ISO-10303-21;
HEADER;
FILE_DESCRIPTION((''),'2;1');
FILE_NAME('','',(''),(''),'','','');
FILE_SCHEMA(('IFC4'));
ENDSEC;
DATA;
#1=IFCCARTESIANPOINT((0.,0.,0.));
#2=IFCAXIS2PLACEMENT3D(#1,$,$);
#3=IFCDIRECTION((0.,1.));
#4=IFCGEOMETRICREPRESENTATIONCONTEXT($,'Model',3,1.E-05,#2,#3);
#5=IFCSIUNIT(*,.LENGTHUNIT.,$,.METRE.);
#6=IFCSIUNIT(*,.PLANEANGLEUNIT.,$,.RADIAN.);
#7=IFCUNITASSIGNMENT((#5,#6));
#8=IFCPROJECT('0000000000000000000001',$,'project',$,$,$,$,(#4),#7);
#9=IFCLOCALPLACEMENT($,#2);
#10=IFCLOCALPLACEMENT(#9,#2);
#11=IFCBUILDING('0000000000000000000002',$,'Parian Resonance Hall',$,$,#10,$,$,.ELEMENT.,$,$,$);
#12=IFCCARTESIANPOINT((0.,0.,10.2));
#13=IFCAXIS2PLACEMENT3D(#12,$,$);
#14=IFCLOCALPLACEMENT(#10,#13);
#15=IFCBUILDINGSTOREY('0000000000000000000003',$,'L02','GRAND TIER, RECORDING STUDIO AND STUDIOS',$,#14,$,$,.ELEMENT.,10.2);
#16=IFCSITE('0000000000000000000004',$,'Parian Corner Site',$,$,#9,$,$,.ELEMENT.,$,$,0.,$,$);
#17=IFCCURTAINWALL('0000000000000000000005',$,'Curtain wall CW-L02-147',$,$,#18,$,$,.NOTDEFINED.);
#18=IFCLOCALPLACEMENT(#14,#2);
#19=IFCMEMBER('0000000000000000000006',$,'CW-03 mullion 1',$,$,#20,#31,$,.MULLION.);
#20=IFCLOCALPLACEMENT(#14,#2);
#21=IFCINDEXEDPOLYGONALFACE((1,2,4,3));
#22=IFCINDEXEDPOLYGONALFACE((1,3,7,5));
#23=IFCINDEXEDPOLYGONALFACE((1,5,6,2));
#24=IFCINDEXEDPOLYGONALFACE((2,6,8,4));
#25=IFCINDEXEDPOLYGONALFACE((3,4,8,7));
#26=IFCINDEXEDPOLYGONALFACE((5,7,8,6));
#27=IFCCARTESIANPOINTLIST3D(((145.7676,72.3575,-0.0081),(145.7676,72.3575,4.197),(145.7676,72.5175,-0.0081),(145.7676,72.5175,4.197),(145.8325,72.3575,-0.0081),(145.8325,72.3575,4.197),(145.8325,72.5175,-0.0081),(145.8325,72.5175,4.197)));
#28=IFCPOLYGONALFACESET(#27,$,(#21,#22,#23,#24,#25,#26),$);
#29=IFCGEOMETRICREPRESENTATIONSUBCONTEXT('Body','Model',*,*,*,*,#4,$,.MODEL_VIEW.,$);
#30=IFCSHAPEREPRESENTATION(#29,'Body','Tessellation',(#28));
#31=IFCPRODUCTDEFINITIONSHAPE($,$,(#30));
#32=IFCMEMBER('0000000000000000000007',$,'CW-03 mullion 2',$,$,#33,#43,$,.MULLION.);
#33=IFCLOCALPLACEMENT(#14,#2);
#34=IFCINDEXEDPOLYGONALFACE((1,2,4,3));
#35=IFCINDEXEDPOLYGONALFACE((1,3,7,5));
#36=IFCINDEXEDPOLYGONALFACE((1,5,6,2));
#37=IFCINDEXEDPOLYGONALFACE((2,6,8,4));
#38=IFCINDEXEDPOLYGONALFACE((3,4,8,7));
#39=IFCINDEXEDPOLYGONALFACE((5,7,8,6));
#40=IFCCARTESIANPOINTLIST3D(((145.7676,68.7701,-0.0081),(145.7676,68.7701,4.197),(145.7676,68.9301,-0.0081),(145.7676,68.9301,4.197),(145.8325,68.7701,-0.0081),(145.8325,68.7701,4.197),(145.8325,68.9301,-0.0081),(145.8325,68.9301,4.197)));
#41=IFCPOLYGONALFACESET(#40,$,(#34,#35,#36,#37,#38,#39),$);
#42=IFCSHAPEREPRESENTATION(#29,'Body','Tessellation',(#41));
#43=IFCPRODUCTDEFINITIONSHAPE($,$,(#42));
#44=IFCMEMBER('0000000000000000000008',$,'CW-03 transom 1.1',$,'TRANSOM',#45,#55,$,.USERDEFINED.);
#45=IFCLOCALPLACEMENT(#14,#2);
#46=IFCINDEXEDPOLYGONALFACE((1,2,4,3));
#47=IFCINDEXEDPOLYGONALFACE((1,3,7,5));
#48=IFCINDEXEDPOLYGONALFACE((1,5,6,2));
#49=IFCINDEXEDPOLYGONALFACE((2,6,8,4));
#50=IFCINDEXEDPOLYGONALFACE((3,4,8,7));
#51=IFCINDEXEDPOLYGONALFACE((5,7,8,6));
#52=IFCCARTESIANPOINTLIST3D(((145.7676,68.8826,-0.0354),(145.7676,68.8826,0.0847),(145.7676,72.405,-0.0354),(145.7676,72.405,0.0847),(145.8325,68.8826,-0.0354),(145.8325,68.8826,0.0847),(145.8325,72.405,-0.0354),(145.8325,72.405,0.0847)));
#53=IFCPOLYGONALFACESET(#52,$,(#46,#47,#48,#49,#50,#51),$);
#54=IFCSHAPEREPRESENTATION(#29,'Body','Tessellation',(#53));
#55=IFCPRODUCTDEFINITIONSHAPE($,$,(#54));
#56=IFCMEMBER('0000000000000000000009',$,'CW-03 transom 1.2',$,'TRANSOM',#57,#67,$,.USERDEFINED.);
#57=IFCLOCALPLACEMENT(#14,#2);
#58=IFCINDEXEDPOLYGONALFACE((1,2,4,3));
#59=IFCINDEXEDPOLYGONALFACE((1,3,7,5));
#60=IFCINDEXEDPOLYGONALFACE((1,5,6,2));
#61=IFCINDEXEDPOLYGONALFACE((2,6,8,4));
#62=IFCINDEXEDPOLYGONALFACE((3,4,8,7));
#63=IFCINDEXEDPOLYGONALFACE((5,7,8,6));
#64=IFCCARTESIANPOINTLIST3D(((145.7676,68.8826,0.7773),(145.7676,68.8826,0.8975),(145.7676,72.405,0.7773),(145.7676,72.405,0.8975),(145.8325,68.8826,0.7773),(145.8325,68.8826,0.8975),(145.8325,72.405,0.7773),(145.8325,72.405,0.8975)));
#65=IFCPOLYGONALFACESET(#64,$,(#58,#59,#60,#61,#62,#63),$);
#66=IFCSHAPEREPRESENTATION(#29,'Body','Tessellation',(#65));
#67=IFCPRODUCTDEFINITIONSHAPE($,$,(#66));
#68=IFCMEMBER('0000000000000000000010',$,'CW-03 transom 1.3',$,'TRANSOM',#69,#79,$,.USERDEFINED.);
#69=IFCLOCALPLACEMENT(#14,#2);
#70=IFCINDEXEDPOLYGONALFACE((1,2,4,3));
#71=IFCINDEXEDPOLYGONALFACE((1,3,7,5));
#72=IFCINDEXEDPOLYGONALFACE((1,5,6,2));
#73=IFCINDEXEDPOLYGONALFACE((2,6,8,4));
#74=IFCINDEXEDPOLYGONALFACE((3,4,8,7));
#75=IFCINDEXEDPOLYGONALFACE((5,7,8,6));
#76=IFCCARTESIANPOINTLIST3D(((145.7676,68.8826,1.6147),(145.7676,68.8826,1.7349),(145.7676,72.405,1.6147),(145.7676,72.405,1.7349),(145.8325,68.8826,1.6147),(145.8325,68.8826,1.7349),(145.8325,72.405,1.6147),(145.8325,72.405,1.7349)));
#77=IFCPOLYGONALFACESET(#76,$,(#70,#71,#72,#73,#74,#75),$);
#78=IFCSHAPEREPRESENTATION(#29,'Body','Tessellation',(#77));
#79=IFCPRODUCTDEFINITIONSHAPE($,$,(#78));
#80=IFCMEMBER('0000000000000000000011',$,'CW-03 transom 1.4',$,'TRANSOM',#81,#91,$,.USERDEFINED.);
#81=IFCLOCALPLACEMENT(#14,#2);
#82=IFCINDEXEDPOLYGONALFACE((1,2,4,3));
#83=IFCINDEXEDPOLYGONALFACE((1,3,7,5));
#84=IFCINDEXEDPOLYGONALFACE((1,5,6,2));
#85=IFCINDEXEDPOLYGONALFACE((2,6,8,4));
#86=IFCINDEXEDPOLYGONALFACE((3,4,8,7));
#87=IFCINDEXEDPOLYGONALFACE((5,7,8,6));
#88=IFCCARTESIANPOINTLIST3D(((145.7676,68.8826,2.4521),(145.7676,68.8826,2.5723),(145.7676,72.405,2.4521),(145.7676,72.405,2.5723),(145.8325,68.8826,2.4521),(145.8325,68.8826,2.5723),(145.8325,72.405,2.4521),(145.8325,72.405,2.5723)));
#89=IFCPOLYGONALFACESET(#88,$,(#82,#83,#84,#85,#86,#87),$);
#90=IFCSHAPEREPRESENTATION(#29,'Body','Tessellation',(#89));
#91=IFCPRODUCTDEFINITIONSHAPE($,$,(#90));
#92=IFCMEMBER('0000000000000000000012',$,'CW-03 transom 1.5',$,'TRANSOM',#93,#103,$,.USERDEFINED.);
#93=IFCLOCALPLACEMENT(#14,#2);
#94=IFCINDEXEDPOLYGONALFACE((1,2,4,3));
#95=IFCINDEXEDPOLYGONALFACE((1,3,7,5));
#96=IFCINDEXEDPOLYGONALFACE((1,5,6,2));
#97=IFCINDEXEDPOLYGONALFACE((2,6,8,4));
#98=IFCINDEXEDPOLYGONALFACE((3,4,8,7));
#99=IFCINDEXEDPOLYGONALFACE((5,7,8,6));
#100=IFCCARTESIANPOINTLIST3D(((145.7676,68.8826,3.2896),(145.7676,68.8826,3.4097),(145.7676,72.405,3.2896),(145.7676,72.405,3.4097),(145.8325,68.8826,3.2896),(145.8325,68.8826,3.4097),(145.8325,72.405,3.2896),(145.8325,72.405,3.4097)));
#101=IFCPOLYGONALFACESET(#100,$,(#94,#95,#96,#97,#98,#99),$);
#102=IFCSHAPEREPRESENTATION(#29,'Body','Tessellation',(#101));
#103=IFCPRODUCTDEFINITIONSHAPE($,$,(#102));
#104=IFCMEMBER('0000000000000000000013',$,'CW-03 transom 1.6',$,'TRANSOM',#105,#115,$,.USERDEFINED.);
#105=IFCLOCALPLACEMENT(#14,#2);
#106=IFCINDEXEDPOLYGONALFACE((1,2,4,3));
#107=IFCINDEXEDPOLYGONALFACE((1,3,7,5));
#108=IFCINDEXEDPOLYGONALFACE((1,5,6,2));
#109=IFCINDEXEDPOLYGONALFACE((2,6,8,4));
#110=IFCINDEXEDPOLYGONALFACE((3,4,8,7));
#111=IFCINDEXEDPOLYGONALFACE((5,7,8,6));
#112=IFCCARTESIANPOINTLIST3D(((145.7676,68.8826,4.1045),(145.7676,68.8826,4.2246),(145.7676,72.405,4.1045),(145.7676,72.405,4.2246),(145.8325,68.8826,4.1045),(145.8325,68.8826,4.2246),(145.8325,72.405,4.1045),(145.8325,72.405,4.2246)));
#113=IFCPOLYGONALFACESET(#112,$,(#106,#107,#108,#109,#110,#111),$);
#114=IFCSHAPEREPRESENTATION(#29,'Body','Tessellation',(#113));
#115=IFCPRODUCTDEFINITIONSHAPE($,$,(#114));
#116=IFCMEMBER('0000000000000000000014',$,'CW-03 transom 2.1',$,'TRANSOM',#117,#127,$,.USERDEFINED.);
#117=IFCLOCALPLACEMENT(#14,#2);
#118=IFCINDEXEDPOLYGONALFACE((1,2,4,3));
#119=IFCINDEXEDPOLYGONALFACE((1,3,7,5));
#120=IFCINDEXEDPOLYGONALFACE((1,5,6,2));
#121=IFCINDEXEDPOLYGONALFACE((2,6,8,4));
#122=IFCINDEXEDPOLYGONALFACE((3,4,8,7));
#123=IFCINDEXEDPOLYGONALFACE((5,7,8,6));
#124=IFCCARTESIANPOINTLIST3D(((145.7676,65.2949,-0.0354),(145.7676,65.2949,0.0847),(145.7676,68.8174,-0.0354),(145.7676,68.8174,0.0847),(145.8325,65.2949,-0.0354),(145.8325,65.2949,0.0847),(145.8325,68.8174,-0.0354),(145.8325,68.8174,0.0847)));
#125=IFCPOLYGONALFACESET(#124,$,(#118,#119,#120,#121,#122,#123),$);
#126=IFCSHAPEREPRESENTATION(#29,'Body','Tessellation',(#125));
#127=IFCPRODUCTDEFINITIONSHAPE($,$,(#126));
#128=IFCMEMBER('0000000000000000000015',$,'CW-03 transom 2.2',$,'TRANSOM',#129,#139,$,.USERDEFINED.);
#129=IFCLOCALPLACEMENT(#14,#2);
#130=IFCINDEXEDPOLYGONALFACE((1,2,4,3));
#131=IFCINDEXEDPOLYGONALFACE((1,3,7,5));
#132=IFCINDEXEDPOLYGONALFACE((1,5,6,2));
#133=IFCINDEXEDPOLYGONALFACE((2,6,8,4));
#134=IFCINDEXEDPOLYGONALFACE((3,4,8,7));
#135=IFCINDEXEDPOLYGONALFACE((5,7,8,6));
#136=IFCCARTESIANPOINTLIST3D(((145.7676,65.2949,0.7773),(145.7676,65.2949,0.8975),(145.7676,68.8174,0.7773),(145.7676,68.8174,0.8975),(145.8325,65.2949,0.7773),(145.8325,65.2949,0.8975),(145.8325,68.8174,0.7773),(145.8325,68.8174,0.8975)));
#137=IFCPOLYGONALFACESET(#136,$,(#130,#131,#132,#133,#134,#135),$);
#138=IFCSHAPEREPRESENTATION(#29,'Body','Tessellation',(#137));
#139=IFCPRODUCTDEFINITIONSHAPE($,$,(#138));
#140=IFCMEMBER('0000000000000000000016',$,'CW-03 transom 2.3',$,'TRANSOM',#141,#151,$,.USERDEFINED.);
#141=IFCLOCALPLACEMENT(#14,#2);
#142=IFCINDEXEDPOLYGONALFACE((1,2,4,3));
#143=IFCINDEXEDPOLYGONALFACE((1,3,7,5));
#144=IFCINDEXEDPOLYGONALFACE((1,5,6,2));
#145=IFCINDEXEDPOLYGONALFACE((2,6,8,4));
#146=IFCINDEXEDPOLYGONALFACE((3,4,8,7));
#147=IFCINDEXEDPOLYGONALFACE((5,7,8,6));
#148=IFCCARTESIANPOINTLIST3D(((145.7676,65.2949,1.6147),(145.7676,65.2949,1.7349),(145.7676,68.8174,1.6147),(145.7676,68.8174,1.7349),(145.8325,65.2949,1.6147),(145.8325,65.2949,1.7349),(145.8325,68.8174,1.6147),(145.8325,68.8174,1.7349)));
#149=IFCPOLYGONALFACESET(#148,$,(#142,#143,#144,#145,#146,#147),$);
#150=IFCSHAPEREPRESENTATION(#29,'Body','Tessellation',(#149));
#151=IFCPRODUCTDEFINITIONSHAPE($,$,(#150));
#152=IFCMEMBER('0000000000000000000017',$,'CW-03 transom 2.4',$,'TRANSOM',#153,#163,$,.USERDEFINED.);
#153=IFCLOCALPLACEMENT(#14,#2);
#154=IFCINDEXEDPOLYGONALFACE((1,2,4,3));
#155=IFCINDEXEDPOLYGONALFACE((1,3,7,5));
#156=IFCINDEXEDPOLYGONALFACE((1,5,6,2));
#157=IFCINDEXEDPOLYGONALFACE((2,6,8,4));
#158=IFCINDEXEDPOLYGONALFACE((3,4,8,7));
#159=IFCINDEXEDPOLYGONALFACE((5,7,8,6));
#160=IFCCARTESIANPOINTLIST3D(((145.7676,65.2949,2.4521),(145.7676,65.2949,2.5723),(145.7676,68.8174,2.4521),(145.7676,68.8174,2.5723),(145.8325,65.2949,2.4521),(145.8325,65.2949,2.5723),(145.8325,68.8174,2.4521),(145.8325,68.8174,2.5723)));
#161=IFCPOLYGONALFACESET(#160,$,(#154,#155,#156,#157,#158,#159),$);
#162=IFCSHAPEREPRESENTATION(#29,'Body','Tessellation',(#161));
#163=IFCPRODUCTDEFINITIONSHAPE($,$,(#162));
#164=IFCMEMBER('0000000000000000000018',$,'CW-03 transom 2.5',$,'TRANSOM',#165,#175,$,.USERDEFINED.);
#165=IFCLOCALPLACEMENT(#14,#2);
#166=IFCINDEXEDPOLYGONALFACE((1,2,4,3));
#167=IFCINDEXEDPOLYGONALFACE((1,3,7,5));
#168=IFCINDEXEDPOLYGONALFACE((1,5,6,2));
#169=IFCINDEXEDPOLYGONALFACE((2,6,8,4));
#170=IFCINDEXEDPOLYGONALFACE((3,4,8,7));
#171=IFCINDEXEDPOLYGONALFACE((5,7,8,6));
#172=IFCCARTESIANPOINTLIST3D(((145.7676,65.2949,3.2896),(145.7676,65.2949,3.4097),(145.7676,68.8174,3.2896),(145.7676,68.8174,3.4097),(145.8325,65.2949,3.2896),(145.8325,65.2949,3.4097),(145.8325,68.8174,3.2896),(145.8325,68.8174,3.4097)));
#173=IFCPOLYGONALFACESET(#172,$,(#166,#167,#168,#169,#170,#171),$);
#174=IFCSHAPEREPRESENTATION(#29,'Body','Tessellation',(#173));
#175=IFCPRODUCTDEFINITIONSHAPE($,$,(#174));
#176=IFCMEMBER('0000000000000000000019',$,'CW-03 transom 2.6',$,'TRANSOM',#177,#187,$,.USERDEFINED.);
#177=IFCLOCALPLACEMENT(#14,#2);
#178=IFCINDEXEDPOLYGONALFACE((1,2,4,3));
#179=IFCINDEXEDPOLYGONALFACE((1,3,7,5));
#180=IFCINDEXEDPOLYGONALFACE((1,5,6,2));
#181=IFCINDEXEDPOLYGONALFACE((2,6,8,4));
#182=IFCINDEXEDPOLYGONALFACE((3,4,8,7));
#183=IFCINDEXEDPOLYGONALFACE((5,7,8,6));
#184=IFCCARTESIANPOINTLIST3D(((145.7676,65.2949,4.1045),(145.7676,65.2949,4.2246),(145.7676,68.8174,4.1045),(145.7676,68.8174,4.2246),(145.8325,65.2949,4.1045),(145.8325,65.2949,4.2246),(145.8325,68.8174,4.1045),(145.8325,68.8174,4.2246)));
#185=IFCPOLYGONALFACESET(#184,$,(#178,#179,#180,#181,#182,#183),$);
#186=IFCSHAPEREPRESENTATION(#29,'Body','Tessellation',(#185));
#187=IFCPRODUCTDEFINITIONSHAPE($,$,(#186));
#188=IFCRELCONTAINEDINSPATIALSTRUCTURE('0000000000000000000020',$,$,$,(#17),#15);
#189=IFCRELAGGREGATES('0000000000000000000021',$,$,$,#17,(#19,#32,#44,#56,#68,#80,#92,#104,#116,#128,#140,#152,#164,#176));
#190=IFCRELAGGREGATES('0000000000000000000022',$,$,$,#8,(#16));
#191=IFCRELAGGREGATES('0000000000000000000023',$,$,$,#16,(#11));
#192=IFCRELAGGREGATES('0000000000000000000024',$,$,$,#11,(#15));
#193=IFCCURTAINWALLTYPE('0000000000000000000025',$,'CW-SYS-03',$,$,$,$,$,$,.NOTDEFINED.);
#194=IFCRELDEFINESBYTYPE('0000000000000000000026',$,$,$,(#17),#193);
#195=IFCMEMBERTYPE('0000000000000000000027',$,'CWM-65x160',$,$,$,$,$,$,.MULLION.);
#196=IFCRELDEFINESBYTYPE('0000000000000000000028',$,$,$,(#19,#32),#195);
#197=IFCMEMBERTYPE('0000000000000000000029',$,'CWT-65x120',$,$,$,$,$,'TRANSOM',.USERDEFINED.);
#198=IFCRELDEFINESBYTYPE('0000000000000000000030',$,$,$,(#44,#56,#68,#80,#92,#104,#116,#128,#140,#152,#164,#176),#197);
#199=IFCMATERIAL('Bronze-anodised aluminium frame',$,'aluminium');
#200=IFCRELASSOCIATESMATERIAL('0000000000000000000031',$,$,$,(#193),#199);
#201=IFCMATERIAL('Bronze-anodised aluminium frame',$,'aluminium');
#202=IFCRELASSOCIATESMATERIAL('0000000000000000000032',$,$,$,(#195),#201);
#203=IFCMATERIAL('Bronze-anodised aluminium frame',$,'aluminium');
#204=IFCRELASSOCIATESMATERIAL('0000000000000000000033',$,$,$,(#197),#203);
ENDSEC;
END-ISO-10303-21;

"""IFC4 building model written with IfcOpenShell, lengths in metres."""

from ifc_helpers import new_model, si_unit, direction, frame, origin, origin_2d, place, context, subcontext, project, spatial, rectangle, extrude, material, material_profile, profile_set, type_object, element, aggregate, save


model = new_model("IFC4")

# Units and contexts
model_context = context("Model", 3, precision=1e-05, world=origin(), true_north=direction((0.0, 1.0)))
body_context = subcontext(model_context, "Body", "Model", "MODEL_VIEW")
ifc_project = project(units=[si_unit("LENGTHUNIT", "METRE"), si_unit("PLANEANGLEUNIT", "RADIAN")], contexts=[model_context])

# Site, building, storey
site_placement = place(None, origin())
site = spatial("IfcSite", under=ifc_project, at=site_placement, Name="Parian Corner Site", CompositionType="ELEMENT", RefElevation=0.0)
building_placement = place(site_placement, origin())
building = spatial("IfcBuilding", under=site, at=building_placement, Name="Parian Resonance Hall", CompositionType="ELEMENT")
storey_placement = place(building_placement, frame((0.0, 0.0, 10.2)))
storey = spatial("IfcBuildingStorey", under=building, at=storey_placement, Name="L02", Description="GRAND TIER, RECORDING STUDIO AND STUDIOS", CompositionType="ELEMENT", Elevation=10.2)

# Curtain wall, members
ifc_material_1 = material(Name="Bronze-anodised aluminium frame", Category="aluminium")
curtain_wall_type = type_object("IfcCurtainWallType", Name="CW-SYS-03", PredefinedType="NOTDEFINED", material=ifc_material_1)
curtain_wall_placement = place(storey_placement, origin())
curtain_wall = element("IfcCurtainWall", 1, at=curtain_wall_placement, inside=storey, type_object=curtain_wall_type, Name="Curtain wall CW-L02-147", PredefinedType="NOTDEFINED")
ifc_material_2 = material(Name="Bronze-anodised aluminium frame", Category="aluminium")
ifc_material_profile_1 = material_profile(ifc_material_2, rectangle(XDim=0.0649, YDim=0.1599, at=origin_2d()), Name="CWM-65x160")
ifc_profile_set_1 = profile_set([ifc_material_profile_1], Name="Bronze-anodised aluminium frame")
member_type_1 = type_object("IfcMemberType", Name="CWM-65x160", PredefinedType="MULLION", material=ifc_profile_set_1)
member_1_placement = place(storey_placement, frame((145.8, 72.4375, -0.0081), z_axis=(0.0, 0.0, 1.0), x_axis=(1.0, 0.0, 0.0)))
member_1 = element("IfcMember", 2, at=member_1_placement, type_object=member_type_1, Name="CW-03 mullion 1", PredefinedType="MULLION", context=body_context, shape_type="SweptSolid", body=[
    extrude(rectangle(XDim=0.0649, YDim=0.1599, at=origin_2d()), origin(), (0.0, 0.0, 1.0), 4.2051),
])
member_2_placement = place(storey_placement, frame((145.8, 68.8501, -0.0081), z_axis=(0.0, 0.0, 1.0), x_axis=(1.0, 0.0, 0.0)))
member_2 = element("IfcMember", 3, at=member_2_placement, type_object=member_type_1, Name="CW-03 mullion 2", PredefinedType="MULLION", context=body_context, shape_type="SweptSolid", body=[
    extrude(rectangle(XDim=0.0649, YDim=0.1599, at=origin_2d()), origin(), (0.0, 0.0, 1.0), 4.2051),
])
ifc_material_3 = material(Name="Bronze-anodised aluminium frame", Category="aluminium")
ifc_material_profile_2 = material_profile(ifc_material_3, rectangle(XDim=0.0649, YDim=0.1201, at=origin_2d()), Name="CWT-65x120")
ifc_profile_set_2 = profile_set([ifc_material_profile_2], Name="Bronze-anodised aluminium frame")
member_type_2 = type_object("IfcMemberType", Name="CWT-65x120", ElementType="TRANSOM", PredefinedType="USERDEFINED", material=ifc_profile_set_2)
member_3_placement = place(storey_placement, frame((145.8, 72.405, 0.0247), z_axis=(0.0, -1.0, 0.0), x_axis=(1.0, 0.0, 0.0)))
member_3 = element("IfcMember", 4, at=member_3_placement, type_object=member_type_2, Name="CW-03 transom 1.1", ObjectType="TRANSOM", PredefinedType="USERDEFINED", context=body_context, shape_type="SweptSolid", body=[
    extrude(rectangle(XDim=0.0649, YDim=0.1201, at=origin_2d()), origin(), (0.0, 0.0, 1.0), 3.5225),
])
member_4_placement = place(storey_placement, frame((145.8, 72.405, 0.8374), z_axis=(0.0, -1.0, 0.0), x_axis=(1.0, 0.0, 0.0)))
member_4 = element("IfcMember", 5, at=member_4_placement, type_object=member_type_2, Name="CW-03 transom 1.2", ObjectType="TRANSOM", PredefinedType="USERDEFINED", context=body_context, shape_type="SweptSolid", body=[
    extrude(rectangle(XDim=0.0649, YDim=0.1201, at=origin_2d()), origin(), (0.0, 0.0, 1.0), 3.5225),
])
member_5_placement = place(storey_placement, frame((145.8, 72.405, 1.6748), z_axis=(0.0, -1.0, 0.0), x_axis=(1.0, 0.0, 0.0)))
member_5 = element("IfcMember", 6, at=member_5_placement, type_object=member_type_2, Name="CW-03 transom 1.3", ObjectType="TRANSOM", PredefinedType="USERDEFINED", context=body_context, shape_type="SweptSolid", body=[
    extrude(rectangle(XDim=0.0649, YDim=0.1201, at=origin_2d()), origin(), (0.0, 0.0, 1.0), 3.5225),
])
member_6_placement = place(storey_placement, frame((145.8, 72.405, 2.5122), z_axis=(0.0, -1.0, 0.0), x_axis=(1.0, 0.0, 0.0)))
member_6 = element("IfcMember", 7, at=member_6_placement, type_object=member_type_2, Name="CW-03 transom 1.4", ObjectType="TRANSOM", PredefinedType="USERDEFINED", context=body_context, shape_type="SweptSolid", body=[
    extrude(rectangle(XDim=0.0649, YDim=0.1201, at=origin_2d()), origin(), (0.0, 0.0, 1.0), 3.5225),
])
member_7_placement = place(storey_placement, frame((145.8, 72.405, 3.3496), z_axis=(0.0, -1.0, 0.0), x_axis=(1.0, 0.0, 0.0)))
member_7 = element("IfcMember", 8, at=member_7_placement, type_object=member_type_2, Name="CW-03 transom 1.5", ObjectType="TRANSOM", PredefinedType="USERDEFINED", context=body_context, shape_type="SweptSolid", body=[
    extrude(rectangle(XDim=0.0649, YDim=0.1201, at=origin_2d()), origin(), (0.0, 0.0, 1.0), 3.5225),
])
member_8_placement = place(storey_placement, frame((145.8, 72.405, 4.1646), z_axis=(0.0, -1.0, 0.0), x_axis=(1.0, 0.0, 0.0)))
member_8 = element("IfcMember", 9, at=member_8_placement, type_object=member_type_2, Name="CW-03 transom 1.6", ObjectType="TRANSOM", PredefinedType="USERDEFINED", context=body_context, shape_type="SweptSolid", body=[
    extrude(rectangle(XDim=0.0649, YDim=0.1201, at=origin_2d()), origin(), (0.0, 0.0, 1.0), 3.5225),
])
member_9_placement = place(storey_placement, frame((145.8, 68.8174, 0.0247), z_axis=(0.0, -1.0, 0.0), x_axis=(1.0, 0.0, 0.0)))
member_9 = element("IfcMember", 10, at=member_9_placement, type_object=member_type_2, Name="CW-03 transom 2.1", ObjectType="TRANSOM", PredefinedType="USERDEFINED", context=body_context, shape_type="SweptSolid", body=[
    extrude(rectangle(XDim=0.0649, YDim=0.1201, at=origin_2d()), origin(), (0.0, 0.0, 1.0), 3.5225),
])
member_10_placement = place(storey_placement, frame((145.8, 68.8174, 0.8374), z_axis=(0.0, -1.0, 0.0), x_axis=(1.0, 0.0, 0.0)))
member_10 = element("IfcMember", 11, at=member_10_placement, type_object=member_type_2, Name="CW-03 transom 2.2", ObjectType="TRANSOM", PredefinedType="USERDEFINED", context=body_context, shape_type="SweptSolid", body=[
    extrude(rectangle(XDim=0.0649, YDim=0.1201, at=origin_2d()), origin(), (0.0, 0.0, 1.0), 3.5225),
])
member_11_placement = place(storey_placement, frame((145.8, 68.8174, 1.6748), z_axis=(0.0, -1.0, 0.0), x_axis=(1.0, 0.0, 0.0)))
member_11 = element("IfcMember", 12, at=member_11_placement, type_object=member_type_2, Name="CW-03 transom 2.3", ObjectType="TRANSOM", PredefinedType="USERDEFINED", context=body_context, shape_type="SweptSolid", body=[
    extrude(rectangle(XDim=0.0649, YDim=0.1201, at=origin_2d()), origin(), (0.0, 0.0, 1.0), 3.5225),
])
member_12_placement = place(storey_placement, frame((145.8, 68.8174, 2.5122), z_axis=(0.0, -1.0, 0.0), x_axis=(1.0, 0.0, 0.0)))
member_12 = element("IfcMember", 13, at=member_12_placement, type_object=member_type_2, Name="CW-03 transom 2.4", ObjectType="TRANSOM", PredefinedType="USERDEFINED", context=body_context, shape_type="SweptSolid", body=[
    extrude(rectangle(XDim=0.0649, YDim=0.1201, at=origin_2d()), origin(), (0.0, 0.0, 1.0), 3.5225),
])
member_13_placement = place(storey_placement, frame((145.8, 68.8174, 3.3496), z_axis=(0.0, -1.0, 0.0), x_axis=(1.0, 0.0, 0.0)))
member_13 = element("IfcMember", 14, at=member_13_placement, type_object=member_type_2, Name="CW-03 transom 2.5", ObjectType="TRANSOM", PredefinedType="USERDEFINED", context=body_context, shape_type="SweptSolid", body=[
    extrude(rectangle(XDim=0.0649, YDim=0.1201, at=origin_2d()), origin(), (0.0, 0.0, 1.0), 3.5225),
])
member_14_placement = place(storey_placement, frame((145.8, 68.8174, 4.1646), z_axis=(0.0, -1.0, 0.0), x_axis=(1.0, 0.0, 0.0)))
member_14 = element("IfcMember", 15, at=member_14_placement, type_object=member_type_2, Name="CW-03 transom 2.6", ObjectType="TRANSOM", PredefinedType="USERDEFINED", context=body_context, shape_type="SweptSolid", body=[
    extrude(rectangle(XDim=0.0649, YDim=0.1201, at=origin_2d()), origin(), (0.0, 0.0, 1.0), 3.5225),
])
aggregate(curtain_wall, [member_1, member_2, member_3, member_4, member_5, member_6, member_7, member_8, member_9, member_10, member_11, member_12, member_13, member_14])

save(model, "model.ifc")
